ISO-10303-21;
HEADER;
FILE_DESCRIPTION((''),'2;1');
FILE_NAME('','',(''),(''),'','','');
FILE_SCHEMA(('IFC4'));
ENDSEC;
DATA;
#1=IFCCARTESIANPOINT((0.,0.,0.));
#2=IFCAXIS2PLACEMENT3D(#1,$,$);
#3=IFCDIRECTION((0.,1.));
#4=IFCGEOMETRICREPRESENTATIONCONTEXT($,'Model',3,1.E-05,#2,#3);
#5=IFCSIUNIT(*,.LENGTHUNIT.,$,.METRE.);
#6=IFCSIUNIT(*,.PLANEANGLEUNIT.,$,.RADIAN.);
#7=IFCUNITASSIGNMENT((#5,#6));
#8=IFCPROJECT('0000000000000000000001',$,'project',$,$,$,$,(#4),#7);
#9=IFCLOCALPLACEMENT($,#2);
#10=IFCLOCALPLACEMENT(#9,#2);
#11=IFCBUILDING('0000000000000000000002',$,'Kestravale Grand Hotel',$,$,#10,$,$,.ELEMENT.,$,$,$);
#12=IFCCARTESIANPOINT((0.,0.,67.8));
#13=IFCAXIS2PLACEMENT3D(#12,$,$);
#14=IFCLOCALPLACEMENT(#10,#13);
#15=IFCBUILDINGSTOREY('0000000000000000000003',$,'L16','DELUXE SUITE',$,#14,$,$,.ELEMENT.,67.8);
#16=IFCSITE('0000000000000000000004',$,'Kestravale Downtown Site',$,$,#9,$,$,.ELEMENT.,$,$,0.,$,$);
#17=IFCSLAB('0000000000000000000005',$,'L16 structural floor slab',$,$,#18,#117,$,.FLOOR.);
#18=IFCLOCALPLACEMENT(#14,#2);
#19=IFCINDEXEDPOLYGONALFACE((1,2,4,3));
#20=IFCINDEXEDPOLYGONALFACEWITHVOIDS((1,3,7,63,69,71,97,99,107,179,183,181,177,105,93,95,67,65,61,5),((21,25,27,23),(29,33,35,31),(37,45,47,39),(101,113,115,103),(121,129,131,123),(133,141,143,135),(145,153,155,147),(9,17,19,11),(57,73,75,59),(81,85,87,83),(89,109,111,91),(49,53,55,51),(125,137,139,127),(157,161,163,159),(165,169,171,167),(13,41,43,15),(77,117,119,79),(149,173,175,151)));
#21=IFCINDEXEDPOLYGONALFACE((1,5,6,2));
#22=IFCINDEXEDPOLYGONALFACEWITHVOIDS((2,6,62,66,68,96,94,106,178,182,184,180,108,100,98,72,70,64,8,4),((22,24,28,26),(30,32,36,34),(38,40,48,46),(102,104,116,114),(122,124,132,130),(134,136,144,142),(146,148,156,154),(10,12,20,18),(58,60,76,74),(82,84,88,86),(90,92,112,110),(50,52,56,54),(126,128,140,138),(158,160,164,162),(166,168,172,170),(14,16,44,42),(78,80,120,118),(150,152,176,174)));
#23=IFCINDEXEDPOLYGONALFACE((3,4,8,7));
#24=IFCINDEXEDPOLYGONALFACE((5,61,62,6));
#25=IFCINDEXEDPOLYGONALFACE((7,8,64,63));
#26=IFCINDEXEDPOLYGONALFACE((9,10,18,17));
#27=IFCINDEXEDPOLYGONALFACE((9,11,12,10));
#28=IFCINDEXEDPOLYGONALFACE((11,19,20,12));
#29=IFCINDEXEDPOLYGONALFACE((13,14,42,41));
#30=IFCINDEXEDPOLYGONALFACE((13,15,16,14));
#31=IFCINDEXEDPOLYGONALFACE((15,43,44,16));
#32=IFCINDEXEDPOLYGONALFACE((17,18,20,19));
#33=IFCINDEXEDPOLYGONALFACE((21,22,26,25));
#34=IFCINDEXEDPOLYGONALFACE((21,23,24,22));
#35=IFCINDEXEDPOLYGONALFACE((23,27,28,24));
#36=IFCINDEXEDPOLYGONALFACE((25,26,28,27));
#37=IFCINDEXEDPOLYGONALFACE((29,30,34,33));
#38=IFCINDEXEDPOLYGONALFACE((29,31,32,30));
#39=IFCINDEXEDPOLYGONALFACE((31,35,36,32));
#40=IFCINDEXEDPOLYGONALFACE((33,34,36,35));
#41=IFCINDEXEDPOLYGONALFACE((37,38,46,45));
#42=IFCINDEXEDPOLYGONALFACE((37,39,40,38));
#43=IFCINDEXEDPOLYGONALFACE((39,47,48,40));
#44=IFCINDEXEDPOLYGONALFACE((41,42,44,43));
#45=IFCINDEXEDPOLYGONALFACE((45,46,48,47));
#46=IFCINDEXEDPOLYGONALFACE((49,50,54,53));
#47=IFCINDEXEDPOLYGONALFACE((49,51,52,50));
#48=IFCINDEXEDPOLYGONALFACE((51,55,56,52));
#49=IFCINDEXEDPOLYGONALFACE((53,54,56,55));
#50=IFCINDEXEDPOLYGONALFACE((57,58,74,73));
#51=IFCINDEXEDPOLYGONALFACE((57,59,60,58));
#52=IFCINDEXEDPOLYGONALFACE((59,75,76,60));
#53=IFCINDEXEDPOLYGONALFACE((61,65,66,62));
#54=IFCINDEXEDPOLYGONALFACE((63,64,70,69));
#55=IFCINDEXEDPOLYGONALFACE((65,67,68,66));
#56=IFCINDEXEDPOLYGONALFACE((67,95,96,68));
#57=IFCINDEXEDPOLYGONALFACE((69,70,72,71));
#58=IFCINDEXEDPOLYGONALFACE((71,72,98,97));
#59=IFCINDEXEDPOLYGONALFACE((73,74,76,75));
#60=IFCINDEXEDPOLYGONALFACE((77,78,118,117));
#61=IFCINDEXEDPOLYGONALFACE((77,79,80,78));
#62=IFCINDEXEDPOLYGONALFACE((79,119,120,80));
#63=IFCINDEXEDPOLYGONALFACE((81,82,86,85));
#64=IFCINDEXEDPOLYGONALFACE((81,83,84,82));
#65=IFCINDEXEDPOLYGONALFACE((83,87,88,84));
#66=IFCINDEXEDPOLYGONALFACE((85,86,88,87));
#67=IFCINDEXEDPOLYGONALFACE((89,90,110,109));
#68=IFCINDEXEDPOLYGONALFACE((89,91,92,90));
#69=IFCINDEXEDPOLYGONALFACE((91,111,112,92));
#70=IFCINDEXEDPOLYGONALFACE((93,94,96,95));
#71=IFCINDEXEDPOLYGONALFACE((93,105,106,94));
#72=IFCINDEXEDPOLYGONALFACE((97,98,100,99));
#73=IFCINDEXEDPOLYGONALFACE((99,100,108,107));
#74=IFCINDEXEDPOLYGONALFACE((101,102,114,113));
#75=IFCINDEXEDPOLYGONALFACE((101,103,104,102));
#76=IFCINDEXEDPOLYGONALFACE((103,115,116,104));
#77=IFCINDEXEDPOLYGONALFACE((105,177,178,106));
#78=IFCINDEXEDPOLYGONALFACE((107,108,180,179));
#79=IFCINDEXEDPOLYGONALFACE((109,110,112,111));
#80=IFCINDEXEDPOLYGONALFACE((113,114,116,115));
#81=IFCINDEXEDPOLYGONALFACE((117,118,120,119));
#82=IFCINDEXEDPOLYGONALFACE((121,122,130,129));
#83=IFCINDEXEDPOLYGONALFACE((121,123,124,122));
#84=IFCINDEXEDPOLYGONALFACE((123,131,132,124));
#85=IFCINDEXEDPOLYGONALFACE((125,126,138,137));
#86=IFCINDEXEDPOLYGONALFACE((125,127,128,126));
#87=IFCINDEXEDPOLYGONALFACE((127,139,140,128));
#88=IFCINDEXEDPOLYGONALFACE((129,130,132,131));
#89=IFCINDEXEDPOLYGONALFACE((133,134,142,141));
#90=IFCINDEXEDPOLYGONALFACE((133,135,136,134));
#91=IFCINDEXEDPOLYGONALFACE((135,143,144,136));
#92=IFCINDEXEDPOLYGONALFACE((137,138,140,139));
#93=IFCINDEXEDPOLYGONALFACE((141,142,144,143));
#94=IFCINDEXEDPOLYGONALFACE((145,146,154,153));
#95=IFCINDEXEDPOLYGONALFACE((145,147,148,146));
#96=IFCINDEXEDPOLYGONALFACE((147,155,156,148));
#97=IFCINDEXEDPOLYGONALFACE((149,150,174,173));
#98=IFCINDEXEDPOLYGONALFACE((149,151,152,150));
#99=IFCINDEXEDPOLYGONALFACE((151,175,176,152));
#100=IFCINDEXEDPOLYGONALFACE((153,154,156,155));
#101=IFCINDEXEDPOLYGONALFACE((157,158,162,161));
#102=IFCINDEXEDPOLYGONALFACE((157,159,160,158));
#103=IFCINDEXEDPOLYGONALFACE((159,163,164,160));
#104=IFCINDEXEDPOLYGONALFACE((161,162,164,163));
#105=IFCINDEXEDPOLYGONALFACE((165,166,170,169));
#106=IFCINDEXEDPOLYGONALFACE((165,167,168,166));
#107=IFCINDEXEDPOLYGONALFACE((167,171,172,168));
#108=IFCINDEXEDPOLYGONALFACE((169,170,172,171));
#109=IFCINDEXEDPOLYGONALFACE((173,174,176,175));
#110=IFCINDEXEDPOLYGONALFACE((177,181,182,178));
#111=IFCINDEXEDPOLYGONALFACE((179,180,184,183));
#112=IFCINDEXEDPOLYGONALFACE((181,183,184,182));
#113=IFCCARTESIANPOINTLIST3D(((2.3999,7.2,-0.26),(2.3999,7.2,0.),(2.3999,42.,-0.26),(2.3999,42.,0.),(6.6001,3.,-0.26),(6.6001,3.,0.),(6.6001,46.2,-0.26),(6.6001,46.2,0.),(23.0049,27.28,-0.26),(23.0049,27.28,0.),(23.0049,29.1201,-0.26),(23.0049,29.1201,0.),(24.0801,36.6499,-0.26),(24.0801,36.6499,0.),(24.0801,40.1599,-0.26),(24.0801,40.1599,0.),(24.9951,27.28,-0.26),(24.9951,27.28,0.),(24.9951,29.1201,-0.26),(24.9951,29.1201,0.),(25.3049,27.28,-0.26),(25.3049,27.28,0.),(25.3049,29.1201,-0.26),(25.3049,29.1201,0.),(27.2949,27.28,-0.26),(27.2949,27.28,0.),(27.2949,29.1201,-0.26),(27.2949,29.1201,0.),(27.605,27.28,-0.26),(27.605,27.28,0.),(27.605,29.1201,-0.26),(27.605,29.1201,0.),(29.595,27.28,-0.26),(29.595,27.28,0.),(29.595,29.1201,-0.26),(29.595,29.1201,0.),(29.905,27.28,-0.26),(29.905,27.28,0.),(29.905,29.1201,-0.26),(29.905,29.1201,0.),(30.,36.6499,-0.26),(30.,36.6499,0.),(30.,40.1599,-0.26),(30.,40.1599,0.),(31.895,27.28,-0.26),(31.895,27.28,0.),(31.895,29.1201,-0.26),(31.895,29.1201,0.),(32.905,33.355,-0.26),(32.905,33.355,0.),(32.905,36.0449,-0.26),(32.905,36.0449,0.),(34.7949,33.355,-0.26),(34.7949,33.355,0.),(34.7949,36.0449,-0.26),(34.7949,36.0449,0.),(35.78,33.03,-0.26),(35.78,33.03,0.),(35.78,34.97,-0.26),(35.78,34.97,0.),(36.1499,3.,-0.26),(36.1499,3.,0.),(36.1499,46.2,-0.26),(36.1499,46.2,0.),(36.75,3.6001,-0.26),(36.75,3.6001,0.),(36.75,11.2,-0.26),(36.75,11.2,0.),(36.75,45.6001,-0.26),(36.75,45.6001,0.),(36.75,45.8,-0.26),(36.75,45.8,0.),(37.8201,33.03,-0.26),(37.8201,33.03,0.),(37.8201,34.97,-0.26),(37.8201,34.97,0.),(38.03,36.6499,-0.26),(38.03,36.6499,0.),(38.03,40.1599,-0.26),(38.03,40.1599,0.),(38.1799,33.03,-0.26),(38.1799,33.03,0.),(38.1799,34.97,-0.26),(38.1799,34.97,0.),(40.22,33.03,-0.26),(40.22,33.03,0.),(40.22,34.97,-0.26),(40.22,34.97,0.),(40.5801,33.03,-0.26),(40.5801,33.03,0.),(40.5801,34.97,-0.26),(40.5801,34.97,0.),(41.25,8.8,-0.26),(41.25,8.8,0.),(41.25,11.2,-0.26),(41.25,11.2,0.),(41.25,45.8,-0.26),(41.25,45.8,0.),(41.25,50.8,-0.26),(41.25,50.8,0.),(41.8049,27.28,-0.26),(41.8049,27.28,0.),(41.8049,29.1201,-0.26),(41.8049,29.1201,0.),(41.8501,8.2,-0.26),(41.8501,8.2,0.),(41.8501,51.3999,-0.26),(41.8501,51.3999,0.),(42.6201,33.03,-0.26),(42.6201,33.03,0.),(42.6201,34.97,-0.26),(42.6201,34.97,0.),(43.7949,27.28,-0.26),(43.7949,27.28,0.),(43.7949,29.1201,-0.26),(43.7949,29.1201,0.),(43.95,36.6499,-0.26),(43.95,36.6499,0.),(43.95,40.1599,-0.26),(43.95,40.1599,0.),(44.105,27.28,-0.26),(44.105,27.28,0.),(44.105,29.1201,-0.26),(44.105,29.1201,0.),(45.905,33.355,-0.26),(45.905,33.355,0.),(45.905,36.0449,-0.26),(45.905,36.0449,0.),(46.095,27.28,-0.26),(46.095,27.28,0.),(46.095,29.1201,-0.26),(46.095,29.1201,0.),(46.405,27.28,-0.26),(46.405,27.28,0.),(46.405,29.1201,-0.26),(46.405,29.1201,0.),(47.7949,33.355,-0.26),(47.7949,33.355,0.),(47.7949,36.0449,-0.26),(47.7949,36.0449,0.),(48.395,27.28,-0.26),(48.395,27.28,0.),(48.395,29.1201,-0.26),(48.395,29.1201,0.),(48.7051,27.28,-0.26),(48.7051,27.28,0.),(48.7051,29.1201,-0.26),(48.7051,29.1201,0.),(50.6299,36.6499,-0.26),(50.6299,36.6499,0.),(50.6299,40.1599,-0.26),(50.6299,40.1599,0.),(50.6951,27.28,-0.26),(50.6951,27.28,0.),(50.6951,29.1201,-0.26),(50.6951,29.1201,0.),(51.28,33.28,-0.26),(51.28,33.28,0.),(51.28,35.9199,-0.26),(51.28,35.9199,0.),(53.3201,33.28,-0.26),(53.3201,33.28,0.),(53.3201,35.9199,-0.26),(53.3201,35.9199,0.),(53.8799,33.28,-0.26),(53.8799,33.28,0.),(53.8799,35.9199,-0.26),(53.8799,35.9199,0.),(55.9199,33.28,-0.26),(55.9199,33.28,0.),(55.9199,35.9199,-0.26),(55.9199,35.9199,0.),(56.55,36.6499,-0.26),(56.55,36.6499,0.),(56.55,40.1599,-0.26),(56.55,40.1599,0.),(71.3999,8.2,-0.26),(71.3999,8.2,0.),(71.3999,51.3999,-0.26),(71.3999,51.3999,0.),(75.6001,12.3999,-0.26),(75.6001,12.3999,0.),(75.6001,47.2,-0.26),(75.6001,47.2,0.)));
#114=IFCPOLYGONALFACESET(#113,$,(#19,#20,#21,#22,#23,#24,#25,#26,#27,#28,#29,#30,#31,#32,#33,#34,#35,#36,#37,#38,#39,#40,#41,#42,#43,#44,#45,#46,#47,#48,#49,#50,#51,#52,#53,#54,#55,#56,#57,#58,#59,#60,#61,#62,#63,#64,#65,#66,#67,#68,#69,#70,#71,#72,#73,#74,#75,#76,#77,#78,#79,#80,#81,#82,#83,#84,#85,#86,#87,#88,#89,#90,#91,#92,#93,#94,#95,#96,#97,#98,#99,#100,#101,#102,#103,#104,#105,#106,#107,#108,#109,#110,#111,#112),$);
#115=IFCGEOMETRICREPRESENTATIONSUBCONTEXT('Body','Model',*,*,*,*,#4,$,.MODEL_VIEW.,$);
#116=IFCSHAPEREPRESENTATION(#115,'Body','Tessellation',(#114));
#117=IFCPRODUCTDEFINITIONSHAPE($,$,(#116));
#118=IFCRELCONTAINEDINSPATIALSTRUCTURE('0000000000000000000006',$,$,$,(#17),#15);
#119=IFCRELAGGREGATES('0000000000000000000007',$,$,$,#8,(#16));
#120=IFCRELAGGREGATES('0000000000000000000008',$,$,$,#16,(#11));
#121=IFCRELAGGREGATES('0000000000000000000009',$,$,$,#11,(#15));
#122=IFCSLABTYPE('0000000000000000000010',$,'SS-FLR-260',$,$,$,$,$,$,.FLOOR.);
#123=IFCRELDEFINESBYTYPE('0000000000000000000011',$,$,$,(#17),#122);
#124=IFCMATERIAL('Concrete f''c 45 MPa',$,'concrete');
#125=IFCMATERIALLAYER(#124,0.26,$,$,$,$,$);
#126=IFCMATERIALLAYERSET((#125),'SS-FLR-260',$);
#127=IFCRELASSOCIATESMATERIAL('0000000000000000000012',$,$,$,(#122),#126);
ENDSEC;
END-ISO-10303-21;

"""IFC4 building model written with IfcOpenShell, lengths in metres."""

from ifc_helpers import new_model, si_unit, direction, frame, origin, place, context, subcontext, project, spatial, polyline, outline, extrude, material, layer, layer_set, type_object, element, save


model = new_model("IFC4")

# Units and contexts
model_context = context("Model", 3, precision=1e-05, world=origin(), true_north=direction((0.0, 1.0)))
body_context = subcontext(model_context, "Body", "Model", "MODEL_VIEW")
ifc_project = project(units=[si_unit("LENGTHUNIT", "METRE"), si_unit("PLANEANGLEUNIT", "RADIAN")], contexts=[model_context])

# Site, building, storey
site_placement = place(None, origin())
site = spatial("IfcSite", under=ifc_project, at=site_placement, Name="Kestravale Downtown Site", CompositionType="ELEMENT", RefElevation=0.0)
building_placement = place(site_placement, origin())
building = spatial("IfcBuilding", under=site, at=building_placement, Name="Kestravale Grand Hotel", CompositionType="ELEMENT")
storey_placement = place(building_placement, frame((0.0, 0.0, 67.8)))
storey = spatial("IfcBuildingStorey", under=building, at=storey_placement, Name="L16", Description="DELUXE SUITE", CompositionType="ELEMENT", Elevation=67.8)

# Slab
ifc_material_1 = material(Name="Concrete f'c 45 MPa", Category="concrete")
ifc_layer_1 = layer(ifc_material_1, 0.26)
ifc_layer_set_1 = layer_set([ifc_layer_1], Name="SS-FLR-260")
slab_type_1 = type_object("IfcSlabType", Name="SS-FLR-260", PredefinedType="FLOOR", material=ifc_layer_set_1)
slab_1_placement = place(storey_placement, frame((0.0, 0.0, -0.26)))
element("IfcSlab", 1, at=slab_1_placement, inside=storey, type_object=slab_type_1, Name="L16 structural floor slab", PredefinedType="FLOOR", context=body_context, shape_type="SweptSolid", body=[
    extrude(outline(polyline([(6.6001, 3.0), (36.1499, 3.0), (36.75, 3.6001), (36.75, 11.2), (41.25, 11.2), (41.25, 8.8), (41.8501, 8.2), (71.3999, 8.2), (75.6001, 12.3999), (75.6001, 47.2), (71.3999, 51.3999), (41.8501, 51.3999), (41.25, 50.8), (41.25, 45.8), (36.75, 45.8), (36.75, 45.6001), (36.1499, 46.2), (6.6001, 46.2), (2.3999, 42.0), (2.3999, 7.2), (6.6001, 3.0)]), holes=[polyline([(24.0801, 36.6499), (30.0, 36.6499), (30.0, 40.1599), (24.0801, 40.1599), (24.0801, 36.6499)]), polyline([(38.03, 36.6499), (43.95, 36.6499), (43.95, 40.1599), (38.03, 40.1599), (38.03, 36.6499)]), polyline([(50.6299, 36.6499), (56.55, 36.6499), (56.55, 40.1599), (50.6299, 40.1599), (50.6299, 36.6499)]), polyline([(23.0049, 27.28), (24.9951, 27.28), (24.9951, 29.1201), (23.0049, 29.1201), (23.0049, 27.28)]), polyline([(25.3049, 27.28), (27.2949, 27.28), (27.2949, 29.1201), (25.3049, 29.1201), (25.3049, 27.28)]), polyline([(27.605, 27.28), (29.595, 27.28), (29.595, 29.1201), (27.605, 29.1201), (27.605, 27.28)]), polyline([(29.905, 27.28), (31.895, 27.28), (31.895, 29.1201), (29.905, 29.1201), (29.905, 27.28)]), polyline([(41.8049, 27.28), (43.7949, 27.28), (43.7949, 29.1201), (41.8049, 29.1201), (41.8049, 27.28)]), polyline([(44.105, 27.28), (46.095, 27.28), (46.095, 29.1201), (44.105, 29.1201), (44.105, 27.28)]), polyline([(46.405, 27.28), (48.395, 27.28), (48.395, 29.1201), (46.405, 29.1201), (46.405, 27.28)]), polyline([(48.7051, 27.28), (50.6951, 27.28), (50.6951, 29.1201), (48.7051, 29.1201), (48.7051, 27.28)]), polyline([(35.78, 33.03), (37.8201, 33.03), (37.8201, 34.97), (35.78, 34.97), (35.78, 33.03)]), polyline([(38.1799, 33.03), (40.22, 33.03), (40.22, 34.97), (38.1799, 34.97), (38.1799, 33.03)]), polyline([(40.5801, 33.03), (42.6201, 33.03), (42.6201, 34.97), (40.5801, 34.97), (40.5801, 33.03)]), polyline([(32.905, 33.355), (34.7949, 33.355), (34.7949, 36.0449), (32.905, 36.0449), (32.905, 33.355)]), polyline([(45.905, 33.355), (47.7949, 33.355), (47.7949, 36.0449), (45.905, 36.0449), (45.905, 33.355)]), polyline([(51.28, 33.28), (53.3201, 33.28), (53.3201, 35.9199), (51.28, 35.9199), (51.28, 33.28)]), polyline([(53.8799, 33.28), (55.9199, 33.28), (55.9199, 35.9199), (53.8799, 35.9199), (53.8799, 33.28)])]), origin(), (0.0, 0.0, 1.0), 0.26),
])

save(model, "model.ifc")
